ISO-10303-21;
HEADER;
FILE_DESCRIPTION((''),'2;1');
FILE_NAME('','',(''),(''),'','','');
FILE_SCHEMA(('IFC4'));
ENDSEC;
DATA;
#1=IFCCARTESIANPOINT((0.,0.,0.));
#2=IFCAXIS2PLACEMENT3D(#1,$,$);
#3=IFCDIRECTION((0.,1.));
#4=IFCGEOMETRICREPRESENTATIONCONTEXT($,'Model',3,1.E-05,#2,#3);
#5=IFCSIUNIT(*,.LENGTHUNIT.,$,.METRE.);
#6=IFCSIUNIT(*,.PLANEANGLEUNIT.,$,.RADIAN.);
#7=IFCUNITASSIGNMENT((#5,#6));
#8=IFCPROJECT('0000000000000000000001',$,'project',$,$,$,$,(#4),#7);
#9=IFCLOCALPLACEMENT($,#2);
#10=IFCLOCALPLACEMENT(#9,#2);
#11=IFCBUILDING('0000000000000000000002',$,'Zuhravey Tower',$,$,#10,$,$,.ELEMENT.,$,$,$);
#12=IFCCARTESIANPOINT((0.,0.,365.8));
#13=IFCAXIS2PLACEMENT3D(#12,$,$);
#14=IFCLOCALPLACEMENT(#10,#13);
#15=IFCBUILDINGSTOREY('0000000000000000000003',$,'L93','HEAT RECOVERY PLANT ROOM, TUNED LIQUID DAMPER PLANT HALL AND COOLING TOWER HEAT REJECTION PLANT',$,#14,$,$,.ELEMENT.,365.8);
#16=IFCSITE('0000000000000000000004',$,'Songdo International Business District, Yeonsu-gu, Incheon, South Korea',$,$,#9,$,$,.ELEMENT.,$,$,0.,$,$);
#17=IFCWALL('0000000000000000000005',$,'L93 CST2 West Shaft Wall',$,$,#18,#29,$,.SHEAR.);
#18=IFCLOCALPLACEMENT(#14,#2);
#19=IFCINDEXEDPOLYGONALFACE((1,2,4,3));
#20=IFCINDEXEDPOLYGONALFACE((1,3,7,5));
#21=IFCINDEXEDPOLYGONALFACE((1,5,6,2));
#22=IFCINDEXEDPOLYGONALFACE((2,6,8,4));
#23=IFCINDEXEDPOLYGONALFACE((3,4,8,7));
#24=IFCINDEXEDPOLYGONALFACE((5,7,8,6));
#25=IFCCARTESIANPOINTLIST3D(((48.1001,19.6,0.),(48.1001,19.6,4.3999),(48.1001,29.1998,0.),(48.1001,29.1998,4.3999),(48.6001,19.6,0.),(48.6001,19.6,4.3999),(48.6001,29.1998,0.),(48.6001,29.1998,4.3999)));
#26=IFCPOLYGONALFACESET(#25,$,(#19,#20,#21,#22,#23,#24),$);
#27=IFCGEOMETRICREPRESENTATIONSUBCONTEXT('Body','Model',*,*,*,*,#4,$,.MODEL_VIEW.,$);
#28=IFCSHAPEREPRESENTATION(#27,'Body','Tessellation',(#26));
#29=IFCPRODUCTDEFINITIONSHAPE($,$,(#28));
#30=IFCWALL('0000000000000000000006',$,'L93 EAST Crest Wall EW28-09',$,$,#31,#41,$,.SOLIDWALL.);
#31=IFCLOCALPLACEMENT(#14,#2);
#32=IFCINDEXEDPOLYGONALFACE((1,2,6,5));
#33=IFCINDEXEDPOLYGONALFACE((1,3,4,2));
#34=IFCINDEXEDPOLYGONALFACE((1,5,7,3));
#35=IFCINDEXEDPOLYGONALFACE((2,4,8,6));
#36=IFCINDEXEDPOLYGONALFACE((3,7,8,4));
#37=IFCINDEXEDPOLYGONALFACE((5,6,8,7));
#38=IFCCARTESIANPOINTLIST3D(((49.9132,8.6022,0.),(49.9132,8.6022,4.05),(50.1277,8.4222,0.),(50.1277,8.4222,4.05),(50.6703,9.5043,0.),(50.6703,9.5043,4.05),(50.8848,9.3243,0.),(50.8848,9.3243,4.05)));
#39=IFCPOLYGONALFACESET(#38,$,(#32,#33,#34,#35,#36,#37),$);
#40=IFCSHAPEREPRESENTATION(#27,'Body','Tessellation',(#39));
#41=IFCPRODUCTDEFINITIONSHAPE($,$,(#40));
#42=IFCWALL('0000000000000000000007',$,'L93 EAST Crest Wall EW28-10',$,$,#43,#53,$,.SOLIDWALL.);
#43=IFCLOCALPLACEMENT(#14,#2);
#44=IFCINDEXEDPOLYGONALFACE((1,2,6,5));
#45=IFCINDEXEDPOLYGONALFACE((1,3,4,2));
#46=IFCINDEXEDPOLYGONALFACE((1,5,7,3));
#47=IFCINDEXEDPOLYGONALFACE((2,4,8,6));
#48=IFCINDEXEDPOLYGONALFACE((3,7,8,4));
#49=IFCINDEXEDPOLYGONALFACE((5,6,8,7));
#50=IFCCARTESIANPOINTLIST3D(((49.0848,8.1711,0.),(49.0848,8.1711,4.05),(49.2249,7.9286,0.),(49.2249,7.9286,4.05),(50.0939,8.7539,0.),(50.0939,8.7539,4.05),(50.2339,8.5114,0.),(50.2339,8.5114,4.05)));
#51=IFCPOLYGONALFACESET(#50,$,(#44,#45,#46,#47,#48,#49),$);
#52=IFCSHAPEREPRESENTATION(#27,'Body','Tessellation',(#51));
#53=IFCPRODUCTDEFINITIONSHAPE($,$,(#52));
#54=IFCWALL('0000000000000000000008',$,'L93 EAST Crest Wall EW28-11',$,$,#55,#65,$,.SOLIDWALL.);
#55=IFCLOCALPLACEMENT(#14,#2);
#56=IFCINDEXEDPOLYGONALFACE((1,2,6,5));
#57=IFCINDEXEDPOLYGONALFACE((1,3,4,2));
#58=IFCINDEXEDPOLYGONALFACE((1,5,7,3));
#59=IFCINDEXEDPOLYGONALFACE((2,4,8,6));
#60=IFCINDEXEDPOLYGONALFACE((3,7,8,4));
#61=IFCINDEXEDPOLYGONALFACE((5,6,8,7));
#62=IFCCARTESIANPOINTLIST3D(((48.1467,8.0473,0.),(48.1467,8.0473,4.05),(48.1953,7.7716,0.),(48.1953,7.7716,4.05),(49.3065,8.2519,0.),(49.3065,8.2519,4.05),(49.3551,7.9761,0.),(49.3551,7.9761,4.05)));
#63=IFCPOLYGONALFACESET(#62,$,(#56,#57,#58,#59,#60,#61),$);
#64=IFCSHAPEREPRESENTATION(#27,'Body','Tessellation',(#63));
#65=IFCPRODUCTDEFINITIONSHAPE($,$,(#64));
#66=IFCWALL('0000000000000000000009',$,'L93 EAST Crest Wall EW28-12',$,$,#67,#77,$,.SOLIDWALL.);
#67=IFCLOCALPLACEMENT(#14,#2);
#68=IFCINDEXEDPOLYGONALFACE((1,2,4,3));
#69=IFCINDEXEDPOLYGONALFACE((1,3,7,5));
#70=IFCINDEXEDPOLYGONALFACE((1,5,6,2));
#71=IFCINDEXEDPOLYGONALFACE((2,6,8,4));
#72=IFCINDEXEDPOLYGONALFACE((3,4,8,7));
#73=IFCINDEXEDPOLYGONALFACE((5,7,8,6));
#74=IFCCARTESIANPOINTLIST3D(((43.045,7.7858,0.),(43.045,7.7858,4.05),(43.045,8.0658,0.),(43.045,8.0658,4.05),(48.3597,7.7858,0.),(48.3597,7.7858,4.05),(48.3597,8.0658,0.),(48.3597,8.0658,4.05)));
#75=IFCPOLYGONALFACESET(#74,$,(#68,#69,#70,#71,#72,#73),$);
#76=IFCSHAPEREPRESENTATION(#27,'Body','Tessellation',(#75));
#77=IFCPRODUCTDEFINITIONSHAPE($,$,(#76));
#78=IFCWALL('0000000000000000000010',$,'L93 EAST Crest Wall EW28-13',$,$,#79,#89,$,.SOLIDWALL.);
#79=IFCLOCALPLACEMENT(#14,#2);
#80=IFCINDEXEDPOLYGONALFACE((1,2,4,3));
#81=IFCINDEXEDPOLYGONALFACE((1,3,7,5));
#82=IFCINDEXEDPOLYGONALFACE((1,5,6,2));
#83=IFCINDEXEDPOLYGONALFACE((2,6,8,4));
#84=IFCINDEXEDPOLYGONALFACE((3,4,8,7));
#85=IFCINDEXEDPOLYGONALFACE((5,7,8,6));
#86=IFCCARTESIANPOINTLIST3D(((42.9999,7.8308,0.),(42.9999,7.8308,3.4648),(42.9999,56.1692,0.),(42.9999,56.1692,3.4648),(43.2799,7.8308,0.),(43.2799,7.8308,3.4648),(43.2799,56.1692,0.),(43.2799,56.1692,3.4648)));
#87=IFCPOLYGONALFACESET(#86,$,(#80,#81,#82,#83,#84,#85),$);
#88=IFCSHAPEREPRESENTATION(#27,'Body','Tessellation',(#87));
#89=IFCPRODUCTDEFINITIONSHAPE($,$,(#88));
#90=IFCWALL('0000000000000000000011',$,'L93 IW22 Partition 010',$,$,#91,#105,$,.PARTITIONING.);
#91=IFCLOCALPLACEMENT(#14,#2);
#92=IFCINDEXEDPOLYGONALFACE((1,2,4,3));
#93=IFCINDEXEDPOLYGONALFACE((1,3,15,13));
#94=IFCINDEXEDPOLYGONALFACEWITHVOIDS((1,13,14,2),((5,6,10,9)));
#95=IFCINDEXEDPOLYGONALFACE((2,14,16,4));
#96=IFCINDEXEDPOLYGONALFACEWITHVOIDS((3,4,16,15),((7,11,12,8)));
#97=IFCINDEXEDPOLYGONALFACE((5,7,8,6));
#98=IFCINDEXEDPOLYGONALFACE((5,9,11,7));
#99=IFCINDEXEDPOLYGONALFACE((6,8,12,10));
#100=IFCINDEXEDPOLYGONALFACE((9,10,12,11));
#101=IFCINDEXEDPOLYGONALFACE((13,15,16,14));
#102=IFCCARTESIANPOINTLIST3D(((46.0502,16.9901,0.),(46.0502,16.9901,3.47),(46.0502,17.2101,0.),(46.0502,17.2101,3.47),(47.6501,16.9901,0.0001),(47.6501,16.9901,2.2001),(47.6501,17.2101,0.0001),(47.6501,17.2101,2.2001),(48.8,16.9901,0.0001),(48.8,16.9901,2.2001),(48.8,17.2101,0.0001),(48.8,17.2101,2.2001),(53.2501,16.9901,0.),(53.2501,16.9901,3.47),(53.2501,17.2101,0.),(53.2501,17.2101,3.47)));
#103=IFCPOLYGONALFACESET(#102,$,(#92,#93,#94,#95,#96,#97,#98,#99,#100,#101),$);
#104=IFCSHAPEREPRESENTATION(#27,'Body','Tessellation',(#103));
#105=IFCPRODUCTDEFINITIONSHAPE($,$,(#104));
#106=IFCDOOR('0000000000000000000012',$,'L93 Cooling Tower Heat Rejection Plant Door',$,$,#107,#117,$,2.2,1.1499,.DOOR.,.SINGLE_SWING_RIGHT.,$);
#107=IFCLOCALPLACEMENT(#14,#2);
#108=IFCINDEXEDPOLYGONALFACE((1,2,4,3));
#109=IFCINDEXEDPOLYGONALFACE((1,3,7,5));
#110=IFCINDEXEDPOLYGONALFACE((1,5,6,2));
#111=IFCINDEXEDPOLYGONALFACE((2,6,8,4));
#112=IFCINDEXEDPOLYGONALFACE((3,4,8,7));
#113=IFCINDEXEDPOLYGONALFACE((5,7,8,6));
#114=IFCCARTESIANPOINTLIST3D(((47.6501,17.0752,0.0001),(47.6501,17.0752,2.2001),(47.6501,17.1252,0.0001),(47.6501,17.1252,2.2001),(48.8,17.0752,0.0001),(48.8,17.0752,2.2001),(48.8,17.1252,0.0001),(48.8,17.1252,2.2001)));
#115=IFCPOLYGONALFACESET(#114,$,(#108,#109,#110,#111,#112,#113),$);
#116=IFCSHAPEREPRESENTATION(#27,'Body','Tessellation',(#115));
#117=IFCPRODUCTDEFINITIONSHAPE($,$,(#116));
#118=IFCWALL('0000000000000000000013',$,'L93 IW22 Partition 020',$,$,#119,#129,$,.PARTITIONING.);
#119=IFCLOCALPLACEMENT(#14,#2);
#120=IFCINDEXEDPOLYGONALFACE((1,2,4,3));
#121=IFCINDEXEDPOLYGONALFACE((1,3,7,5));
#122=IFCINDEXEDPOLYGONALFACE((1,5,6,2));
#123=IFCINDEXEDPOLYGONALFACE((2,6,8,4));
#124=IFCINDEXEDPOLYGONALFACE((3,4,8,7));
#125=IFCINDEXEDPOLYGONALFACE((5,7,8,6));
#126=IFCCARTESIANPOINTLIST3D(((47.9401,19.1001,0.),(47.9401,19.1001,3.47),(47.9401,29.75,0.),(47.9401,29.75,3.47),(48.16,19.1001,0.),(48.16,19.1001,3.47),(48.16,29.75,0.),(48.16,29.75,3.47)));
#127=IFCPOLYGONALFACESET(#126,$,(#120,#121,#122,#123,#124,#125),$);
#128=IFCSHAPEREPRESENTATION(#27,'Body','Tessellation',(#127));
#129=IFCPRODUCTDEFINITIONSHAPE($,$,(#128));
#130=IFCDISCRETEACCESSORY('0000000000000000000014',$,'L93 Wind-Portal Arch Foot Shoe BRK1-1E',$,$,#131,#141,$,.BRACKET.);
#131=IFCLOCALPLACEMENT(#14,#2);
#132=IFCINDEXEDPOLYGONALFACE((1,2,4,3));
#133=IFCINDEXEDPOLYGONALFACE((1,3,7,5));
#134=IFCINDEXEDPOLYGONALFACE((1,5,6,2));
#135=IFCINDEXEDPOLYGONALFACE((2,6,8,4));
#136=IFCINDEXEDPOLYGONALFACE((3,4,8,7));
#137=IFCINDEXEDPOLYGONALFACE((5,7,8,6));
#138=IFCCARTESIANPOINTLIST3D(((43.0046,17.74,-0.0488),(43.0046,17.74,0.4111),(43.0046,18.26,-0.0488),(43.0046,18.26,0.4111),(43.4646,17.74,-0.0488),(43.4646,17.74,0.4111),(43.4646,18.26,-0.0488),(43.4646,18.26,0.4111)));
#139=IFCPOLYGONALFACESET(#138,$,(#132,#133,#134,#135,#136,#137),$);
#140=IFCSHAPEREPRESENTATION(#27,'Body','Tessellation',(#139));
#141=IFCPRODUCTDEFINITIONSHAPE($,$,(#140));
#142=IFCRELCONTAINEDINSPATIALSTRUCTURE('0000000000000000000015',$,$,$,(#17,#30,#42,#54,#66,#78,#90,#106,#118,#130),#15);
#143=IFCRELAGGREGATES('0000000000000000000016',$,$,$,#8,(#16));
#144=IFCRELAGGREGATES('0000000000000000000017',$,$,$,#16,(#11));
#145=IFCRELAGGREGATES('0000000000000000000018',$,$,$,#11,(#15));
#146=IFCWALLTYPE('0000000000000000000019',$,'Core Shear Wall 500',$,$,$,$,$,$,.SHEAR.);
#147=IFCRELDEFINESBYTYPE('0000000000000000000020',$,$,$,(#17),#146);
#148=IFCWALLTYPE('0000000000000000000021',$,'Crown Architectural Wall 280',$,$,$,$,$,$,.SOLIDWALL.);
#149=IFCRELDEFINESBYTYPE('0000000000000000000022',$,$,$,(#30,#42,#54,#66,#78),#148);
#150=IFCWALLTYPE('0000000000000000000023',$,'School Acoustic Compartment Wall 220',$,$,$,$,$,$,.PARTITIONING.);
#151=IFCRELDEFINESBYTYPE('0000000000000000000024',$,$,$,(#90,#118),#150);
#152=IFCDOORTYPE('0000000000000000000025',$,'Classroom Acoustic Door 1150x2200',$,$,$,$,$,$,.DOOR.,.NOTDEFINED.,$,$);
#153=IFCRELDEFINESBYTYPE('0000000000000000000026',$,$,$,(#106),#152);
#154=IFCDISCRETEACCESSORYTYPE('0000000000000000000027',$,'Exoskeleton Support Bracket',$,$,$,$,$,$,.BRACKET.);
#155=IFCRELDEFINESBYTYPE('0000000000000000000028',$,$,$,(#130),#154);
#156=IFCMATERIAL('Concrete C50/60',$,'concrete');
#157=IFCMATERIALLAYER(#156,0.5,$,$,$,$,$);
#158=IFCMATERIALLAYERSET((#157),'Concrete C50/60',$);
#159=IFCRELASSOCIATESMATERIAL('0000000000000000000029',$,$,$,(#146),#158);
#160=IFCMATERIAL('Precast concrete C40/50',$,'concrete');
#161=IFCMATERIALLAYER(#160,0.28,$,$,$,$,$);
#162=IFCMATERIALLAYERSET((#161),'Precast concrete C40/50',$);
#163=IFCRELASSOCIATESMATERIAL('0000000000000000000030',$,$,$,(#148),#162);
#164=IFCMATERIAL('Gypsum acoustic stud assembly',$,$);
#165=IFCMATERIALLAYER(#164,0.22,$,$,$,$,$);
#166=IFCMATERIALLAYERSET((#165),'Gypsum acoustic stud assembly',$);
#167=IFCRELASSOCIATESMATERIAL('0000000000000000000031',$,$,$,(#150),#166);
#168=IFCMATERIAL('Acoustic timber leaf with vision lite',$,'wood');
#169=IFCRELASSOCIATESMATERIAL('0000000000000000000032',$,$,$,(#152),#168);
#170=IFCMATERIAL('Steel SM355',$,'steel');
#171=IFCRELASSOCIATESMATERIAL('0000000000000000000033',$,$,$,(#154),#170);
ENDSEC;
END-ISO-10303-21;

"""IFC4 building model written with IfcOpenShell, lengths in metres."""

from ifc_helpers import new_model, si_unit, direction, frame, frame_2d, origin, origin_2d, place, context, subcontext, project, spatial, rectangle, extrude, material, layer, layer_set, type_object, element, fill, save


model = new_model("IFC4")

# Units and contexts
model_context = context("Model", 3, precision=1e-05, world=origin(), true_north=direction((0.0, 1.0)))
body_context = subcontext(model_context, "Body", "Model", "MODEL_VIEW")
ifc_project = project(units=[si_unit("LENGTHUNIT", "METRE"), si_unit("PLANEANGLEUNIT", "RADIAN")], contexts=[model_context])

# Site, building, storey
site_placement = place(None, origin())
site = spatial("IfcSite", under=ifc_project, at=site_placement, Name="Songdo International Business District, Yeonsu-gu, Incheon, South Korea", CompositionType="ELEMENT", RefElevation=0.0)
building_placement = place(site_placement, origin())
building = spatial("IfcBuilding", under=site, at=building_placement, Name="Zuhravey Tower", CompositionType="ELEMENT")
storey_placement = place(building_placement, frame((0.0, 0.0, 365.8)))
storey = spatial("IfcBuildingStorey", under=building, at=storey_placement, Name="L93", Description="HEAT RECOVERY PLANT ROOM, TUNED LIQUID DAMPER PLANT HALL AND COOLING TOWER HEAT REJECTION PLANT", CompositionType="ELEMENT", Elevation=365.8)

# Shared definitions
ifc_material_1 = material(Name="Steel SM355", Category="steel")

# Shared definitions
ifc_material_2 = material(Name="Concrete C50/60", Category="concrete")
ifc_layer_1 = layer(ifc_material_2, 0.5)
ifc_layer_set_1 = layer_set([ifc_layer_1], Name="Concrete C50/60")
wall_type_1 = type_object("IfcWallType", Name="Core Shear Wall 500", PredefinedType="SHEAR", material=ifc_layer_set_1)

# Walls
wall_1_placement = place(storey_placement, frame((48.3501, 19.6001, 0.0), z_axis=(0.0, 0.0, 1.0), x_axis=(0.0, 1.0, 0.0)))
element("IfcWall", 1, at=wall_1_placement, inside=storey, type_object=wall_type_1, Name="L93 CST2 West Shaft Wall", PredefinedType="SHEAR", context=body_context, shape_type="SweptSolid", body=[
    extrude(rectangle(XDim=9.5999, YDim=0.5, at=frame_2d((4.7998, 0.0))), origin(), (0.0, 0.0, 1.0), 4.3999),
])
ifc_material_3 = material(Name="Precast concrete C40/50", Category="concrete")
ifc_layer_2 = layer(ifc_material_3, 0.28)
ifc_layer_set_2 = layer_set([ifc_layer_2], Name="Precast concrete C40/50")
wall_type_2 = type_object("IfcWallType", Name="Crown Architectural Wall 280", PredefinedType="SOLIDWALL", material=ifc_layer_set_2)
wall_2_placement = place(storey_placement, frame((50.7776, 9.4143, 0.0), z_axis=(0.0, 0.0, 1.0), x_axis=(-0.642852, -0.765991, 0.0)))
element("IfcWall", 2, at=wall_2_placement, inside=storey, type_object=wall_type_2, Name="L93 EAST Crest Wall EW28-09", PredefinedType="SOLIDWALL", context=body_context, shape_type="SweptSolid", body=[
    extrude(rectangle(XDim=1.1777, YDim=0.28, at=frame_2d((0.5889, 0.0))), origin(), (0.0, 0.0, 1.0), 4.05),
])
wall_3_placement = place(storey_placement, frame((50.1638, 8.6326, 0.0), z_axis=(0.0, 0.0, 1.0), x_axis=(-0.865952, -0.500127, 0.0)))
element("IfcWall", 3, at=wall_3_placement, inside=storey, type_object=wall_type_2, Name="L93 EAST Crest Wall EW28-10", PredefinedType="SOLIDWALL", context=body_context, shape_type="SweptSolid", body=[
    extrude(rectangle(XDim=1.1653, YDim=0.28, at=frame_2d((0.5825, 0.0))), origin(), (0.0, 0.0, 1.0), 4.05),
])
wall_4_placement = place(storey_placement, frame((49.3308, 8.114, 0.0), z_axis=(0.0, 0.0, 1.0), x_axis=(-0.984798, -0.173703, 0.0)))
element("IfcWall", 4, at=wall_4_placement, inside=storey, type_object=wall_type_2, Name="L93 EAST Crest Wall EW28-11", PredefinedType="SOLIDWALL", context=body_context, shape_type="SweptSolid", body=[
    extrude(rectangle(XDim=1.1777, YDim=0.28, at=frame_2d((0.5889, 0.0))), origin(), (0.0, 0.0, 1.0), 4.05),
])
wall_5_placement = place(storey_placement, frame((48.3596, 7.9258, 0.0), z_axis=(0.0, 0.0, 1.0), x_axis=(-1.0, 0.0, 0.0)))
element("IfcWall", 5, at=wall_5_placement, inside=storey, type_object=wall_type_2, Name="L93 EAST Crest Wall EW28-12", PredefinedType="SOLIDWALL", context=body_context, shape_type="SweptSolid", body=[
    extrude(rectangle(XDim=5.3147, YDim=0.28, at=frame_2d((2.6572, 0.0))), origin(), (0.0, 0.0, 1.0), 4.05),
])
wall_6_placement = place(storey_placement, frame((43.1399, 7.8308, 0.0), z_axis=(0.0, 0.0, 1.0), x_axis=(0.0, 1.0, 0.0)))
element("IfcWall", 6, at=wall_6_placement, inside=storey, type_object=wall_type_2, Name="L93 EAST Crest Wall EW28-13", PredefinedType="SOLIDWALL", context=body_context, shape_type="SweptSolid", body=[
    extrude(rectangle(XDim=48.3384, YDim=0.28, at=frame_2d((24.1692, 0.0))), origin(), (0.0, 0.0, 1.0), 3.4648),
])

# Wall, opening, door
ifc_material_4 = material(Name="Gypsum acoustic stud assembly")
ifc_layer_3 = layer(ifc_material_4, 0.22)
ifc_layer_set_3 = layer_set([ifc_layer_3], Name="Gypsum acoustic stud assembly")
wall_type_3 = type_object("IfcWallType", Name="School Acoustic Compartment Wall 220", PredefinedType="PARTITIONING", material=ifc_layer_set_3)
wall_7_placement = place(storey_placement, frame((46.05, 17.1001, 0.0), z_axis=(0.0, 0.0, 1.0), x_axis=(1.0, 0.0, 0.0)))
wall_7 = element("IfcWall", 7, at=wall_7_placement, inside=storey, type_object=wall_type_3, Name="L93 IW22 Partition 010", PredefinedType="PARTITIONING", context=body_context, shape_type="SweptSolid", body=[
    extrude(rectangle(XDim=7.2, YDim=0.22, at=frame_2d((3.6001, 0.0))), origin(), (0.0, 0.0, 1.0), 3.47),
])
opening_1_placement = place(wall_7_placement, frame((1.6001, 0.0, 0.0)))
opening_1 = element("IfcOpeningElement", 8, at=opening_1_placement, cuts=wall_7, PredefinedType="OPENING", context=body_context, shape_type="SweptSolid", body=[
    extrude(rectangle(XDim=1.1499, YDim=2.2, at=frame_2d((0.575, 1.1001))), frame((0.0, 0.1221, 0.0), z_axis=(0.0, -1.0, 0.0), x_axis=(1.0, 0.0, 0.0)), (0.0, 0.0, 1.0), 0.2439),
])
ifc_material_5 = material(Name="Acoustic timber leaf with vision lite", Category="wood")
door_type_1 = type_object("IfcDoorType", Name="Classroom Acoustic Door 1150x2200", OperationType="NOTDEFINED", PredefinedType="DOOR", material=ifc_material_5)
door_1_placement = place(opening_1_placement, frame((1.1499, 0.0, 0.0), z_axis=(0.0, 0.0, 1.0), x_axis=(-1.0, 0.0, 0.0)))
door_1 = element("IfcDoor", 9, at=door_1_placement, inside=storey, type_object=door_type_1, Name="L93 Cooling Tower Heat Rejection Plant Door", OperationType="SINGLE_SWING_RIGHT", OverallHeight=2.2, OverallWidth=1.1499, PredefinedType="DOOR", context=body_context, shape_type="SweptSolid", body=[
    extrude(rectangle(XDim=1.1499, YDim=2.2, at=frame_2d((0.575, 1.1001))), frame((0.0, 0.0249, 0.0), z_axis=(0.0, -1.0, 0.0), x_axis=(1.0, 0.0, 0.0)), (0.0, 0.0, 1.0), 0.05),
])
fill(opening_1, door_1)

# Wall
wall_8_placement = place(storey_placement, frame((48.05, 19.1001, 0.0), z_axis=(0.0, 0.0, 1.0), x_axis=(0.0, 1.0, 0.0)))
element("IfcWall", 10, at=wall_8_placement, inside=storey, type_object=wall_type_3, Name="L93 IW22 Partition 020", PredefinedType="PARTITIONING", context=body_context, shape_type="SweptSolid", body=[
    extrude(rectangle(XDim=10.6499, YDim=0.22, at=frame_2d((5.325, 0.0))), origin(), (0.0, 0.0, 1.0), 3.47),
])

# Discrete accessory
discrete_accessory_type = type_object("IfcDiscreteAccessoryType", Name="Exoskeleton Support Bracket", PredefinedType="BRACKET", material=ifc_material_1)
discrete_accessory_placement = place(storey_placement, frame((43.2346, 18.0, -0.0488), z_axis=(0.0, 0.0, 1.0), x_axis=(1.0, 0.0, 0.0)))
element("IfcDiscreteAccessory", 11, at=discrete_accessory_placement, inside=storey, type_object=discrete_accessory_type, Name="L93 Wind-Portal Arch Foot Shoe BRK1-1E", PredefinedType="BRACKET", context=body_context, shape_type="SweptSolid", body=[
    extrude(rectangle(XDim=0.46, YDim=0.52, at=origin_2d()), origin(), (0.0, 0.0, 1.0), 0.46),
])

save(model, "model.ifc")
